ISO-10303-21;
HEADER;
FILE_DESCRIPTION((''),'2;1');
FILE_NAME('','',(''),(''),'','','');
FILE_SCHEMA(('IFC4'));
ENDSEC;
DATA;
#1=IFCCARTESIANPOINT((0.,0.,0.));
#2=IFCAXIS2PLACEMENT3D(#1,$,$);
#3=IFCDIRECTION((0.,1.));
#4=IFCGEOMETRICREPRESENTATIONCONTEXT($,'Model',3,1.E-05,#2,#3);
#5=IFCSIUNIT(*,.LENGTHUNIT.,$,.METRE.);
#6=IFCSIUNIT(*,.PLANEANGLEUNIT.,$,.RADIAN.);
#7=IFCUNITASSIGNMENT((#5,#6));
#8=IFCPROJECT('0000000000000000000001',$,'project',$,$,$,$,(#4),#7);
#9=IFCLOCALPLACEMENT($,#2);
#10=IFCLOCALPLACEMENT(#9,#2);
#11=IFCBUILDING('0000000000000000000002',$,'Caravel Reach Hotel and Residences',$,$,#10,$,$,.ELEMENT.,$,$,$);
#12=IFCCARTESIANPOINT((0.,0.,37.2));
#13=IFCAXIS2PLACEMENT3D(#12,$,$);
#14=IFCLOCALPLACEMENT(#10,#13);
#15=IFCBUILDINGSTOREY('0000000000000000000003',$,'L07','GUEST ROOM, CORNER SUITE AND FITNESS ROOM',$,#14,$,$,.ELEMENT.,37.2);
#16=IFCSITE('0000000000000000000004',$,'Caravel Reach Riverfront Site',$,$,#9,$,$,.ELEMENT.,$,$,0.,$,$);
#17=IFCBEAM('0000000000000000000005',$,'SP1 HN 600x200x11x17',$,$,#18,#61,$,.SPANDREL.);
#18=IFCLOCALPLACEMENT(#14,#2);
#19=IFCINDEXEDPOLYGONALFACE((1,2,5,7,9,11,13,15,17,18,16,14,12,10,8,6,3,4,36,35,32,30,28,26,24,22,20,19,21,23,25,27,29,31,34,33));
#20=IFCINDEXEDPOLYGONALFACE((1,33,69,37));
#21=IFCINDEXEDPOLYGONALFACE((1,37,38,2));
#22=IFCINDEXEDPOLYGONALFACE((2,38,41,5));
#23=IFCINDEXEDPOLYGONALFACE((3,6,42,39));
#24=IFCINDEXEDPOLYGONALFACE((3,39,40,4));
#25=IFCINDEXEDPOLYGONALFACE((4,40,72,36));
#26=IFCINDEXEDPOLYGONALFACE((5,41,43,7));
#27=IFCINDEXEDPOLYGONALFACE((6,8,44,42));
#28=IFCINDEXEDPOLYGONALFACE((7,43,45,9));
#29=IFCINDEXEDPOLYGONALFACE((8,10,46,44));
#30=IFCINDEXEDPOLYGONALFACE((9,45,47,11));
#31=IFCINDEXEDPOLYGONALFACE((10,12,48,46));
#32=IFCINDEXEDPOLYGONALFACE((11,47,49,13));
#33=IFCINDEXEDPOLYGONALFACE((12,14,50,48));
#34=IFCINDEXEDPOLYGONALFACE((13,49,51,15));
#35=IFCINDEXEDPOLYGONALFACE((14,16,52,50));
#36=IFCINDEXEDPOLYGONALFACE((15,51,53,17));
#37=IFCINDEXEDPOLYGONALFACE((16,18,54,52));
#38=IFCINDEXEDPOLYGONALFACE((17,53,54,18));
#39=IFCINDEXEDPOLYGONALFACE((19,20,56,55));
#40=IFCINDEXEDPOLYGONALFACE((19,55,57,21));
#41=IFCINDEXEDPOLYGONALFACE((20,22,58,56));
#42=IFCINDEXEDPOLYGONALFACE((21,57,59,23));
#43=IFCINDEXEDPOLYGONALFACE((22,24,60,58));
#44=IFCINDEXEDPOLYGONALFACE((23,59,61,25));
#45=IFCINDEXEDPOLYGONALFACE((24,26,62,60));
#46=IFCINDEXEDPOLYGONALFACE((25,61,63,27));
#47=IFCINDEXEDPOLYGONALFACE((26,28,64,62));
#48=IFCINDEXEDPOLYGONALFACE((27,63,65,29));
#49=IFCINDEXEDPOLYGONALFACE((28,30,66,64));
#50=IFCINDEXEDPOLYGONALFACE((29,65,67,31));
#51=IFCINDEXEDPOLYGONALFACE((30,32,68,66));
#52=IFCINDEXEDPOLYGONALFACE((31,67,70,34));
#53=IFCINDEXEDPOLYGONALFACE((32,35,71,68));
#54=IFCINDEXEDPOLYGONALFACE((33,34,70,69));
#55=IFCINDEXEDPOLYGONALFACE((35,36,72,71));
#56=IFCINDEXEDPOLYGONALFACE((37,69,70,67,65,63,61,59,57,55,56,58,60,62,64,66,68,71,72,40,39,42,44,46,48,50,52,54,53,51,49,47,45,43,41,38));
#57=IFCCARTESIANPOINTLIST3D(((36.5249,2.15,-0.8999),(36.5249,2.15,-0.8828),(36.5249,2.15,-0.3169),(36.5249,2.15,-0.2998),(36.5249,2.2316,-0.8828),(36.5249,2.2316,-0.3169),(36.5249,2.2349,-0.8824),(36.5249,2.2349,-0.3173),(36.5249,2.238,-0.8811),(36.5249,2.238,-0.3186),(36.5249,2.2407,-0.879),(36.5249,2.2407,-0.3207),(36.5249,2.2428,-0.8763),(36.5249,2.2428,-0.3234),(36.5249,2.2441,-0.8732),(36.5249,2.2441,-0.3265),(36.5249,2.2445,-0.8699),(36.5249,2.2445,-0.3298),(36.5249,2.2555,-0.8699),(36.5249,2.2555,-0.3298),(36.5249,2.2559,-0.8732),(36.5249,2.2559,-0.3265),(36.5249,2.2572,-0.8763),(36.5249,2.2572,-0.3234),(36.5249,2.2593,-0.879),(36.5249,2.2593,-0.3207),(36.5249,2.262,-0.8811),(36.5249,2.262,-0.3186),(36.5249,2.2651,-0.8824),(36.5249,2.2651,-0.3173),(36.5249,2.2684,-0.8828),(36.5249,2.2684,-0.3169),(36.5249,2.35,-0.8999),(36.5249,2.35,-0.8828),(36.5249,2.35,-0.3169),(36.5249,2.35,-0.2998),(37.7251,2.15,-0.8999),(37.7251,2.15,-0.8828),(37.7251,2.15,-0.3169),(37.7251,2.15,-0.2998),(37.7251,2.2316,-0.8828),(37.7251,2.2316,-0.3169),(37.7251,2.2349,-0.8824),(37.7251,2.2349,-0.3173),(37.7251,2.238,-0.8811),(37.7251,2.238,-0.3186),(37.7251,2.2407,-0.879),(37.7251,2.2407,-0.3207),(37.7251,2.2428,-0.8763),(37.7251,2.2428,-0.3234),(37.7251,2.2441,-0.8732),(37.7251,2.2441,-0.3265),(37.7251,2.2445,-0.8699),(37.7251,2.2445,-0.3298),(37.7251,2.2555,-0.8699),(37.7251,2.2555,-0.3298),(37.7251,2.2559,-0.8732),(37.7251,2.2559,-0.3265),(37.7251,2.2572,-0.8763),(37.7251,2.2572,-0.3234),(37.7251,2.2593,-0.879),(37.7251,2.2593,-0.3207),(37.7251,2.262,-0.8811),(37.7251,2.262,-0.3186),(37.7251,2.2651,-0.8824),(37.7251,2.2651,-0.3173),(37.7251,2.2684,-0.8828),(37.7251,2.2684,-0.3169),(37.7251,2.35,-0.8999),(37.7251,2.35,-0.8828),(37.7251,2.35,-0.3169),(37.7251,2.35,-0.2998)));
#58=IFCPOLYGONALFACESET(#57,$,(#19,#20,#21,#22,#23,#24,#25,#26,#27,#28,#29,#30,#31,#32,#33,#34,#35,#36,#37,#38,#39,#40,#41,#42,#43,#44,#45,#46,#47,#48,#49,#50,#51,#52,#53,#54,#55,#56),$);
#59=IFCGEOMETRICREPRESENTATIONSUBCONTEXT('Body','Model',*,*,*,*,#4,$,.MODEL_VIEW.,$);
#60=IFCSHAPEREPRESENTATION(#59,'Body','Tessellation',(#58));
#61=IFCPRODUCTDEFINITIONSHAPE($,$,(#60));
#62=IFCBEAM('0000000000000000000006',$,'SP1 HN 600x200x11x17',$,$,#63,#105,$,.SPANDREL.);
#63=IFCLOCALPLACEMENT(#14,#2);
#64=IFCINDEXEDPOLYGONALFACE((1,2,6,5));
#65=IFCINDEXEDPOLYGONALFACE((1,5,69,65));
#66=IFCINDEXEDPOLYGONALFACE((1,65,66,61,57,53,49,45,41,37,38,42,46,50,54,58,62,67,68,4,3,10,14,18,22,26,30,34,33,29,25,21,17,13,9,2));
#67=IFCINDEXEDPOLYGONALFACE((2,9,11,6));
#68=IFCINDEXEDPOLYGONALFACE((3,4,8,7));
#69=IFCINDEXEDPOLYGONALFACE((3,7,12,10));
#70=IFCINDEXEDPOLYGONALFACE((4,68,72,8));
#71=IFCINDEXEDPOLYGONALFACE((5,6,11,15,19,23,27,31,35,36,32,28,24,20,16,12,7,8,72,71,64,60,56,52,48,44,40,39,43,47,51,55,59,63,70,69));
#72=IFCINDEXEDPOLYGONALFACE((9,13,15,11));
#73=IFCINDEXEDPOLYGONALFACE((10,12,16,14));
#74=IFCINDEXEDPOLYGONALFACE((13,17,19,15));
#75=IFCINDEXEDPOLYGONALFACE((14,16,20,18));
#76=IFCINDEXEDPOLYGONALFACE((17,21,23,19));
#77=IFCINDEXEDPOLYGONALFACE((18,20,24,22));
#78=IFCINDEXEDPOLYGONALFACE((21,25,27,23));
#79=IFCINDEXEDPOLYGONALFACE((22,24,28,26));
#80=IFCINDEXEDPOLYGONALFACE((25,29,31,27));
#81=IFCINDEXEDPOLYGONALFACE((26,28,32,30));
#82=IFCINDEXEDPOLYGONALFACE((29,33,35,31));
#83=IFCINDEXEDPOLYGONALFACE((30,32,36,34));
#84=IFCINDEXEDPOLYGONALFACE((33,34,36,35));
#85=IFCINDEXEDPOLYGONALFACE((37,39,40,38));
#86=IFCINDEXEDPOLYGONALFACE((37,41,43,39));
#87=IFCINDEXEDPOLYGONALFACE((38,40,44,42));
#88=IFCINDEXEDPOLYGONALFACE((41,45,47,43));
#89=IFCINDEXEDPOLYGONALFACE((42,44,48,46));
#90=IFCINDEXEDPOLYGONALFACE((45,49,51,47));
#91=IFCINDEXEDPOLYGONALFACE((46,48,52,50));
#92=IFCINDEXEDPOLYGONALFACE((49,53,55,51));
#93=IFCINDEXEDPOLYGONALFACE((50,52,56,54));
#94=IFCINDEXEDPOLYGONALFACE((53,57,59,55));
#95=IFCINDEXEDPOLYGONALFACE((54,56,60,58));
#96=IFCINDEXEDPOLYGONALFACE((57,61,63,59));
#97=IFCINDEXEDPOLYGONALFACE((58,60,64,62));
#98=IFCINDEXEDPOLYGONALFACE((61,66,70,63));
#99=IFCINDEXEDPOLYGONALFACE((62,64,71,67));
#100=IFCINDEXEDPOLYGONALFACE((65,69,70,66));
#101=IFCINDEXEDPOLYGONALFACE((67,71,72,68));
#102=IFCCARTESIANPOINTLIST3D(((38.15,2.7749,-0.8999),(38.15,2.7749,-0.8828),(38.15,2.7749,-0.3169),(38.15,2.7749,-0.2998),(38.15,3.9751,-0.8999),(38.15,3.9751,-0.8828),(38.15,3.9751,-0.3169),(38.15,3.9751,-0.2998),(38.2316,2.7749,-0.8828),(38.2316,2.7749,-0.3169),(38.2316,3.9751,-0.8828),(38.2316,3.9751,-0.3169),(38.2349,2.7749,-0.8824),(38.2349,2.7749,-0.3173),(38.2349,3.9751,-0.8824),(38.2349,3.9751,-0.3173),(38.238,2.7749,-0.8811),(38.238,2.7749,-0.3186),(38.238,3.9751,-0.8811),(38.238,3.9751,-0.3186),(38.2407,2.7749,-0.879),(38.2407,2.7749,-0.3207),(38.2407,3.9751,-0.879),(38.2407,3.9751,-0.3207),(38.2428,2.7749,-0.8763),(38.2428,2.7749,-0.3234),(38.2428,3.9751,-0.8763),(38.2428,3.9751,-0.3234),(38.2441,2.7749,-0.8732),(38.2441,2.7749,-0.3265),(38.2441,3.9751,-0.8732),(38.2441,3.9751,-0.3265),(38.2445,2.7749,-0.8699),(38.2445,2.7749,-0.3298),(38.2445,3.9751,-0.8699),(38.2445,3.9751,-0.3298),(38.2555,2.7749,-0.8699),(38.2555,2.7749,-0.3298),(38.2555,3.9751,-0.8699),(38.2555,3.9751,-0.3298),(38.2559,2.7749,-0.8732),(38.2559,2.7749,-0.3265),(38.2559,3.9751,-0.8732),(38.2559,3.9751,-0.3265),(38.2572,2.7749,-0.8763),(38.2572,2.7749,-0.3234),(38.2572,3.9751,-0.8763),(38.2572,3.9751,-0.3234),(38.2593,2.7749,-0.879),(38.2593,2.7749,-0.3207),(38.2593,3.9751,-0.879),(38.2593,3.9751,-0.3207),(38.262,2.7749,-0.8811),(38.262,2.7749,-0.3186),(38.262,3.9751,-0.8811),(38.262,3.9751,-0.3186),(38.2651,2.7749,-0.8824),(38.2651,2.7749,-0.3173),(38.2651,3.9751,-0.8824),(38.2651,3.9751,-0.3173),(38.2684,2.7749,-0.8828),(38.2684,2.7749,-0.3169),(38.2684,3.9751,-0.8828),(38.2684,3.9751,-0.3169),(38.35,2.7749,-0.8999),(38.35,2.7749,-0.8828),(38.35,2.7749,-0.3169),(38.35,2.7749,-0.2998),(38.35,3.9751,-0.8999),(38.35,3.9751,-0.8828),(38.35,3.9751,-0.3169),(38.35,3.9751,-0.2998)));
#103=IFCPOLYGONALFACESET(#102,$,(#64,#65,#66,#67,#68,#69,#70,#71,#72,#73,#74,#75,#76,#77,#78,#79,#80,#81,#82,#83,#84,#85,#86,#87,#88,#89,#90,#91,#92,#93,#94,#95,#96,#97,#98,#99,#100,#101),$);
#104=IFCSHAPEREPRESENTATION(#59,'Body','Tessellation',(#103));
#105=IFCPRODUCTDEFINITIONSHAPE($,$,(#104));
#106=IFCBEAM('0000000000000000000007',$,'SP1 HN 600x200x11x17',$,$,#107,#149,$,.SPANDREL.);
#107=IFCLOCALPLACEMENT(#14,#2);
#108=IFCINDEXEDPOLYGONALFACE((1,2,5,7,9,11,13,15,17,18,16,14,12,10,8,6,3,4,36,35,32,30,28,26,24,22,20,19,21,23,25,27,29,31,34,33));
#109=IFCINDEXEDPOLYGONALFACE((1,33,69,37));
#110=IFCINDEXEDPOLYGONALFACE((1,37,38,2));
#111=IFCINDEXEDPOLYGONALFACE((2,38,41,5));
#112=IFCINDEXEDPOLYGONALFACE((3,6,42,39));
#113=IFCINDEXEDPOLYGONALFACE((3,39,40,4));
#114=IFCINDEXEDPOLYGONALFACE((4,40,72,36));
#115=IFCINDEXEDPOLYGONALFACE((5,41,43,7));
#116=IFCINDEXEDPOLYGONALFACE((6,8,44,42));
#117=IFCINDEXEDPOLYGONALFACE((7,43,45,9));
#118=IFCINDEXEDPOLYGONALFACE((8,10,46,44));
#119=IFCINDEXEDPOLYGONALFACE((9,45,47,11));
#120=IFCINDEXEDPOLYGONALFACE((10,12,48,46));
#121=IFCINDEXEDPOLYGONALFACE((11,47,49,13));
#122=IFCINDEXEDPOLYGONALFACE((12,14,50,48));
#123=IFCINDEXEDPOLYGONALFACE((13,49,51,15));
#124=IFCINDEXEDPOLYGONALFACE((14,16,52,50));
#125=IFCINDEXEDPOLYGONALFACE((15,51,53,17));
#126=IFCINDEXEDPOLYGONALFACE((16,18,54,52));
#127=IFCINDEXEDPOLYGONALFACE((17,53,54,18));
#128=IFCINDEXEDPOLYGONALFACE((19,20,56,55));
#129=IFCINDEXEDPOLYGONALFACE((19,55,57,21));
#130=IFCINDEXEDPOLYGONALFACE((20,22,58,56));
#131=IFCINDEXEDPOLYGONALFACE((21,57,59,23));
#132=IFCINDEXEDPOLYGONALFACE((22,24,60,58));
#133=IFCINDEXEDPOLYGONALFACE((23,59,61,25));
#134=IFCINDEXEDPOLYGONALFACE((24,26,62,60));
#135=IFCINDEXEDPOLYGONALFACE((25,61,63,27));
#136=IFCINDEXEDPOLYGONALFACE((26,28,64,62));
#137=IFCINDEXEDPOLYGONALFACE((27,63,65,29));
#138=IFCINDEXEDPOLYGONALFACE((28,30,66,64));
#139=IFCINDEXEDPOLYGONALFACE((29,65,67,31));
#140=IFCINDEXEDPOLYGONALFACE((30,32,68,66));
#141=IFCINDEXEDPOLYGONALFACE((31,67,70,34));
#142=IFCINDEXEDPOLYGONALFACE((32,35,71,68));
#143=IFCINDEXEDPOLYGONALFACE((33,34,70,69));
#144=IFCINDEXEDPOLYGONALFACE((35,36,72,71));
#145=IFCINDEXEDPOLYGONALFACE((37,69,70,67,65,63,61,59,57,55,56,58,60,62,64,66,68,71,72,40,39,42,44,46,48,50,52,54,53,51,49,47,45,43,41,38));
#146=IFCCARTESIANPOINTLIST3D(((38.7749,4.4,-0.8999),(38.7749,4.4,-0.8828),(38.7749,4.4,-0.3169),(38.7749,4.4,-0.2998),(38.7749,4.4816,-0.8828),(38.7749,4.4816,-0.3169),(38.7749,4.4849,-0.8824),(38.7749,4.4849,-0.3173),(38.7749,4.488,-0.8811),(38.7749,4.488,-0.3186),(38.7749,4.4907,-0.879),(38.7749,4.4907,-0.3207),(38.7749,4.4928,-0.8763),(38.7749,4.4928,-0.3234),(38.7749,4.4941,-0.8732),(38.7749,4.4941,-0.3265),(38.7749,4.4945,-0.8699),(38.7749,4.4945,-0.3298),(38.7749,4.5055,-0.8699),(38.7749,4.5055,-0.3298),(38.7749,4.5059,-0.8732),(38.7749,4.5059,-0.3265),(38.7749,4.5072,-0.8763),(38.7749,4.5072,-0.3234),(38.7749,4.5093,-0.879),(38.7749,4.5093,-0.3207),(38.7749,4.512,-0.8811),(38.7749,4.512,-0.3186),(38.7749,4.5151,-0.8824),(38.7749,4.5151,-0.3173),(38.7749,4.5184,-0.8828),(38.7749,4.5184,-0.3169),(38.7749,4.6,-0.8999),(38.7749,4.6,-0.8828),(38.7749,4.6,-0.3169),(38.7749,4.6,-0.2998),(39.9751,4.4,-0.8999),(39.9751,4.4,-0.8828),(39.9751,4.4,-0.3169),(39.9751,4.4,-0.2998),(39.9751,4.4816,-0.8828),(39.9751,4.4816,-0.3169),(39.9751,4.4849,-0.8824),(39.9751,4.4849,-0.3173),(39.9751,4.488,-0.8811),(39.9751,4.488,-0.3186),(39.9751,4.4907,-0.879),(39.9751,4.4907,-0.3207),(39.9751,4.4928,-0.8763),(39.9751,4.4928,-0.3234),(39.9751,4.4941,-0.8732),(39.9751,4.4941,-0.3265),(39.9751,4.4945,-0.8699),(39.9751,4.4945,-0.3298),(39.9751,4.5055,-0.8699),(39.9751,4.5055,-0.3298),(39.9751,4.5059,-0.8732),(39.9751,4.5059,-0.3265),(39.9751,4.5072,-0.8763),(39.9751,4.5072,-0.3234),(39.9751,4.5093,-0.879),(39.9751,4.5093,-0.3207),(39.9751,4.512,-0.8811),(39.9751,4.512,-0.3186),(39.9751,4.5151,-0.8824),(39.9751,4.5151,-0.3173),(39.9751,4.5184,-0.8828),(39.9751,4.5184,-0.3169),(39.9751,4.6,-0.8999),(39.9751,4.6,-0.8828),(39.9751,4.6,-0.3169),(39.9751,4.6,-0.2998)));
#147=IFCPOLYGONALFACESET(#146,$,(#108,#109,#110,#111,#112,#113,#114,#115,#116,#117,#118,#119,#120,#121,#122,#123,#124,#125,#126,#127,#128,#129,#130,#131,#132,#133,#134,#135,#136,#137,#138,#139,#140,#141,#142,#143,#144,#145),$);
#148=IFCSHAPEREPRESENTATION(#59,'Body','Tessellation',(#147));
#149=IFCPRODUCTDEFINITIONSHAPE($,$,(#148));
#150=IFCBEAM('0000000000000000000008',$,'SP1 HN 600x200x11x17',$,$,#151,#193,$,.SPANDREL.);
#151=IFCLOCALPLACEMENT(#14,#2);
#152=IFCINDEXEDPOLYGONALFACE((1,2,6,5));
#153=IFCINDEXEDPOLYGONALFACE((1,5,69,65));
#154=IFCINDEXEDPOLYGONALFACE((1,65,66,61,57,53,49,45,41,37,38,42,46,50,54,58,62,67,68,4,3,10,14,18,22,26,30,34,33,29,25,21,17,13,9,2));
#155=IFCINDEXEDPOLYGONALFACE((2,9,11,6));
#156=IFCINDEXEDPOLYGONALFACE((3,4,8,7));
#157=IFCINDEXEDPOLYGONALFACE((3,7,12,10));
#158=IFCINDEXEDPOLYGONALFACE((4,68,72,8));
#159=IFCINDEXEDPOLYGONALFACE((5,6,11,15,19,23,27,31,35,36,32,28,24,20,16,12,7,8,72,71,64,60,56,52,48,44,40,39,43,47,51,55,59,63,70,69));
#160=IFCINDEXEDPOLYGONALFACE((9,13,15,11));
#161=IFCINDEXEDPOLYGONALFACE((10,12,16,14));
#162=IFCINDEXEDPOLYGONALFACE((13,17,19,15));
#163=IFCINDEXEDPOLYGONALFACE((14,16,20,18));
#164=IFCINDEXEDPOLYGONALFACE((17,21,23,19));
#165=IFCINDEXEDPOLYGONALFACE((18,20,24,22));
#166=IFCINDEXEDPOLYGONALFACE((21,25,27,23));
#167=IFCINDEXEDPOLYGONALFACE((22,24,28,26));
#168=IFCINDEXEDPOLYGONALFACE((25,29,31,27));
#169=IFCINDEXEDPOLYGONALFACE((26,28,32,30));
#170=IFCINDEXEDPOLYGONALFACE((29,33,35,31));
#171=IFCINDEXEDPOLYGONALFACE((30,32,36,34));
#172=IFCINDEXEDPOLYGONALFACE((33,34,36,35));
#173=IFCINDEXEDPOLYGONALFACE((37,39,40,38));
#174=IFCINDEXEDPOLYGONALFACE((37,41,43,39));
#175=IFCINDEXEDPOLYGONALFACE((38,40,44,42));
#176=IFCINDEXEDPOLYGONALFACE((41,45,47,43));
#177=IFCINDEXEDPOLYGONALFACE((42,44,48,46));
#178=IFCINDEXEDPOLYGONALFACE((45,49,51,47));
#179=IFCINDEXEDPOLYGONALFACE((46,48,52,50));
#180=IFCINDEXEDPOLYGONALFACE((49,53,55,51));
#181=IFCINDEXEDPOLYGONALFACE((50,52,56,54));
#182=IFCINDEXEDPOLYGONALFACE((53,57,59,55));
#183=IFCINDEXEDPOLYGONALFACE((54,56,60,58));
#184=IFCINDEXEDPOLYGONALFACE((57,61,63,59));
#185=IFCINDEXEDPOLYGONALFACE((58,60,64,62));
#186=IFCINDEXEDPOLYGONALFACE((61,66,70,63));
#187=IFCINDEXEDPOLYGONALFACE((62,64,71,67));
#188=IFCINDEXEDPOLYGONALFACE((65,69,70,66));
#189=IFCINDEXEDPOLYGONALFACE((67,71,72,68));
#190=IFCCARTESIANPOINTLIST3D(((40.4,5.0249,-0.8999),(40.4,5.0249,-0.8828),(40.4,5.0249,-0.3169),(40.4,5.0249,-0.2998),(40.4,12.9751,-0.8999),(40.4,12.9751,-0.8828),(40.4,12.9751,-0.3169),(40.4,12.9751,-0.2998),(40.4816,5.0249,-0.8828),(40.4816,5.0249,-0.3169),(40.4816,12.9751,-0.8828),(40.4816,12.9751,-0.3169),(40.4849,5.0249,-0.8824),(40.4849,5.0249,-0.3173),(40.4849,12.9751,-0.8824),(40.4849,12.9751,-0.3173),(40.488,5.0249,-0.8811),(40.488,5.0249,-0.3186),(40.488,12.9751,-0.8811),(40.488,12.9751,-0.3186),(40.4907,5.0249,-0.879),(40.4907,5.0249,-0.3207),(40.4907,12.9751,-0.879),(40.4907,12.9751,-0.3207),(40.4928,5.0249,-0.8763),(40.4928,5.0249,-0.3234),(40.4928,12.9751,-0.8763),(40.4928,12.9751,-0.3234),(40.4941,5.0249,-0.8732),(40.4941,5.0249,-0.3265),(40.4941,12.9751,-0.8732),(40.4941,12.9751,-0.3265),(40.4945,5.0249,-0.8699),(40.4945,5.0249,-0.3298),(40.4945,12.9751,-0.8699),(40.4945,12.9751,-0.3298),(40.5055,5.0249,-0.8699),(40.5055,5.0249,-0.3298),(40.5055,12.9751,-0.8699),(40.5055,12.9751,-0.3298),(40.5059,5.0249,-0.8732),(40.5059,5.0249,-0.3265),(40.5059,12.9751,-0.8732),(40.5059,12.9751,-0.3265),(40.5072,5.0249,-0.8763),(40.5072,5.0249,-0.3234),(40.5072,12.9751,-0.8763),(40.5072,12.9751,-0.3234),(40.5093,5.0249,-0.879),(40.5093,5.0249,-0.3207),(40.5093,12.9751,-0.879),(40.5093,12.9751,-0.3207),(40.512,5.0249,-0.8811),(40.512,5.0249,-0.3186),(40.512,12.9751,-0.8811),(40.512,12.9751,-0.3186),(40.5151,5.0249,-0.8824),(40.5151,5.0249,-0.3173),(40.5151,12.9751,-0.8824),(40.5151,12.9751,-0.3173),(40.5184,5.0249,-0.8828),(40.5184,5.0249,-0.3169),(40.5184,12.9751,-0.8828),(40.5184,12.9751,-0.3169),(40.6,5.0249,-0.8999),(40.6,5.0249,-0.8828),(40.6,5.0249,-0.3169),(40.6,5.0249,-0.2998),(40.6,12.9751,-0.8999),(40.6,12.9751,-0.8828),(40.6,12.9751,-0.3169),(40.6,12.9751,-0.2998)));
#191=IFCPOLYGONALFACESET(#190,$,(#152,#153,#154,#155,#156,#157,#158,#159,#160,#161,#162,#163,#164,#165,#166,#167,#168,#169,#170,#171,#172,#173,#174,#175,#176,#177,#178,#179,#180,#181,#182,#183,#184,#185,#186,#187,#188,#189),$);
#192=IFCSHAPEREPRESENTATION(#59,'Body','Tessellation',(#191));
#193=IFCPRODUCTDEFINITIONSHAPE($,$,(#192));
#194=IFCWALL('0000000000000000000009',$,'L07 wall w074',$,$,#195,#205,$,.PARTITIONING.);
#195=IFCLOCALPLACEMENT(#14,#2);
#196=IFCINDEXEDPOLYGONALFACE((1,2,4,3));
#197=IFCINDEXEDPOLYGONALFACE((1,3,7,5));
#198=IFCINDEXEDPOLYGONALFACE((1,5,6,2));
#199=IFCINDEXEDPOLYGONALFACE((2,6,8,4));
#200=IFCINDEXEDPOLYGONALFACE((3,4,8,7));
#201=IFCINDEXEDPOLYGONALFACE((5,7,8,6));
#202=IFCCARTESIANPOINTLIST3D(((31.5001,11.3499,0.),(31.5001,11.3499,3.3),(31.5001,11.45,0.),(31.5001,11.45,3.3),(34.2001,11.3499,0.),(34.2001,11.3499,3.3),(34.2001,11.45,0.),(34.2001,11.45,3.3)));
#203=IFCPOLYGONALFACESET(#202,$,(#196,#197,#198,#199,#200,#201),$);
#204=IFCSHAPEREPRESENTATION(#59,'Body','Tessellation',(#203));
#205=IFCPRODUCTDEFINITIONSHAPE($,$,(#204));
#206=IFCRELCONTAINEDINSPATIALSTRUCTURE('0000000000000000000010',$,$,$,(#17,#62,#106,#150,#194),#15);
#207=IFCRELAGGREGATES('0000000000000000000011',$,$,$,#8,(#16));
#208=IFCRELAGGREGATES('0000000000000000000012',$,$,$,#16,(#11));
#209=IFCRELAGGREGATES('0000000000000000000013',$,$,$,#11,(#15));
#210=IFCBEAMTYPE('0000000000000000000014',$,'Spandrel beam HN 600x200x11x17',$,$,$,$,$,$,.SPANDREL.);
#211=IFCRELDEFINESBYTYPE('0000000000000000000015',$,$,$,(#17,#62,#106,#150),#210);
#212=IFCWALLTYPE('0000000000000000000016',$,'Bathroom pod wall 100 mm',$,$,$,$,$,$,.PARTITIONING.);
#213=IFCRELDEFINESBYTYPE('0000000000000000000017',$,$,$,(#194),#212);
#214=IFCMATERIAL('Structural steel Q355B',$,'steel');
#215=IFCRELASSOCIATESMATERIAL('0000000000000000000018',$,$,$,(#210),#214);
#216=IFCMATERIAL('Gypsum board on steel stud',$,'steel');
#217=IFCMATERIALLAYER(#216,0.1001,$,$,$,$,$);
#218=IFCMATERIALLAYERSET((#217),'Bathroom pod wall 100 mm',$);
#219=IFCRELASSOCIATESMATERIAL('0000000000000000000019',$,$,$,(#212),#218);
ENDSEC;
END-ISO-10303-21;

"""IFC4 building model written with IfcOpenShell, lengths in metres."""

from ifc_helpers import new_model, si_unit, direction, frame, frame_2d, origin, origin_2d, place, context, subcontext, project, spatial, rectangle, i_section, extrude, material, layer, layer_set, material_profile, profile_set, type_object, element, save


model = new_model("IFC4")

# Units and contexts
model_context = context("Model", 3, precision=1e-05, world=origin(), true_north=direction((0.0, 1.0)))
body_context = subcontext(model_context, "Body", "Model", "MODEL_VIEW")
ifc_project = project(units=[si_unit("LENGTHUNIT", "METRE"), si_unit("PLANEANGLEUNIT", "RADIAN")], contexts=[model_context])

# Site, building, storey
site_placement = place(None, origin())
site = spatial("IfcSite", under=ifc_project, at=site_placement, Name="Caravel Reach Riverfront Site", CompositionType="ELEMENT", RefElevation=0.0)
building_placement = place(site_placement, origin())
building = spatial("IfcBuilding", under=site, at=building_placement, Name="Caravel Reach Hotel and Residences", CompositionType="ELEMENT")
storey_placement = place(building_placement, frame((0.0, 0.0, 37.2)))
storey = spatial("IfcBuildingStorey", under=building, at=storey_placement, Name="L07", Description="GUEST ROOM, CORNER SUITE AND FITNESS ROOM", CompositionType="ELEMENT", Elevation=37.2)

# Beams
ifc_material_1 = material(Name="Structural steel Q355B", Category="steel")
ifc_material_profile_1 = material_profile(ifc_material_1, i_section(OverallWidth=0.2, OverallDepth=0.6001, WebThickness=0.011, FlangeThickness=0.0171, FilletRadius=0.0129, at=origin_2d()), Name="HN 600x200x11x17")
ifc_profile_set_1 = profile_set([ifc_material_profile_1], Name="Structural steel Q355B")
beam_type_1 = type_object("IfcBeamType", Name="Spandrel beam HN 600x200x11x17", PredefinedType="SPANDREL", material=ifc_profile_set_1)
for number, where, z_axis, x_axis, name in (
    (1, (36.5249, 2.25, -0.5999), (1.0, 0.0, 0.0), (0.0, 1.0, 0.0), "SP1 HN 600x200x11x17"),
    (2, (38.25, 2.7749, -0.5999), (0.0, 1.0, 0.0), (-1.0, 0.0, 0.0), "SP1 HN 600x200x11x17"),
    (3, (38.7749, 4.5, -0.5999), (1.0, 0.0, 0.0), (0.0, 1.0, 0.0), "SP1 HN 600x200x11x17"),
):
    element("IfcBeam", number, at=place(storey_placement, frame(where, z_axis=z_axis, x_axis=x_axis)), inside=storey, type_object=beam_type_1, Name=name, PredefinedType="SPANDREL", context=body_context, shape_type="SweptSolid", body=[
        extrude(i_section(OverallWidth=0.2, OverallDepth=0.6001, WebThickness=0.011, FlangeThickness=0.0171, FilletRadius=0.0129, at=origin_2d()), origin(), (0.0, 0.0, 1.0), 1.2002),
    ])
beam_1_placement = place(storey_placement, frame((40.5, 5.0249, -0.5999), z_axis=(0.0, 1.0, 0.0), x_axis=(-1.0, 0.0, 0.0)))
element("IfcBeam", 4, at=beam_1_placement, inside=storey, type_object=beam_type_1, Name="SP1 HN 600x200x11x17", PredefinedType="SPANDREL", context=body_context, shape_type="SweptSolid", body=[
    extrude(i_section(OverallWidth=0.2, OverallDepth=0.6001, WebThickness=0.011, FlangeThickness=0.0171, FilletRadius=0.0129, at=origin_2d()), origin(), (0.0, 0.0, 1.0), 7.9502),
])

# Wall
ifc_material_2 = material(Name="Gypsum board on steel stud", Category="steel")
ifc_layer_1 = layer(ifc_material_2, 0.1001)
ifc_layer_set_1 = layer_set([ifc_layer_1], Name="Bathroom pod wall 100 mm")
wall_type_1 = type_object("IfcWallType", Name="Bathroom pod wall 100 mm", PredefinedType="PARTITIONING", material=ifc_layer_set_1)
wall_1_placement = place(storey_placement, frame((31.5, 11.3999, 0.0), z_axis=(0.0, 0.0, 1.0), x_axis=(1.0, 0.0, 0.0)))
element("IfcWall", 5, at=wall_1_placement, inside=storey, type_object=wall_type_1, Name="L07 wall w074", PredefinedType="PARTITIONING", context=body_context, shape_type="SweptSolid", body=[
    extrude(rectangle(XDim=2.7, YDim=0.1001, at=frame_2d((1.3501, 0.0))), origin(), (0.0, 0.0, 1.0), 3.3),
])

save(model, "model.ifc")
